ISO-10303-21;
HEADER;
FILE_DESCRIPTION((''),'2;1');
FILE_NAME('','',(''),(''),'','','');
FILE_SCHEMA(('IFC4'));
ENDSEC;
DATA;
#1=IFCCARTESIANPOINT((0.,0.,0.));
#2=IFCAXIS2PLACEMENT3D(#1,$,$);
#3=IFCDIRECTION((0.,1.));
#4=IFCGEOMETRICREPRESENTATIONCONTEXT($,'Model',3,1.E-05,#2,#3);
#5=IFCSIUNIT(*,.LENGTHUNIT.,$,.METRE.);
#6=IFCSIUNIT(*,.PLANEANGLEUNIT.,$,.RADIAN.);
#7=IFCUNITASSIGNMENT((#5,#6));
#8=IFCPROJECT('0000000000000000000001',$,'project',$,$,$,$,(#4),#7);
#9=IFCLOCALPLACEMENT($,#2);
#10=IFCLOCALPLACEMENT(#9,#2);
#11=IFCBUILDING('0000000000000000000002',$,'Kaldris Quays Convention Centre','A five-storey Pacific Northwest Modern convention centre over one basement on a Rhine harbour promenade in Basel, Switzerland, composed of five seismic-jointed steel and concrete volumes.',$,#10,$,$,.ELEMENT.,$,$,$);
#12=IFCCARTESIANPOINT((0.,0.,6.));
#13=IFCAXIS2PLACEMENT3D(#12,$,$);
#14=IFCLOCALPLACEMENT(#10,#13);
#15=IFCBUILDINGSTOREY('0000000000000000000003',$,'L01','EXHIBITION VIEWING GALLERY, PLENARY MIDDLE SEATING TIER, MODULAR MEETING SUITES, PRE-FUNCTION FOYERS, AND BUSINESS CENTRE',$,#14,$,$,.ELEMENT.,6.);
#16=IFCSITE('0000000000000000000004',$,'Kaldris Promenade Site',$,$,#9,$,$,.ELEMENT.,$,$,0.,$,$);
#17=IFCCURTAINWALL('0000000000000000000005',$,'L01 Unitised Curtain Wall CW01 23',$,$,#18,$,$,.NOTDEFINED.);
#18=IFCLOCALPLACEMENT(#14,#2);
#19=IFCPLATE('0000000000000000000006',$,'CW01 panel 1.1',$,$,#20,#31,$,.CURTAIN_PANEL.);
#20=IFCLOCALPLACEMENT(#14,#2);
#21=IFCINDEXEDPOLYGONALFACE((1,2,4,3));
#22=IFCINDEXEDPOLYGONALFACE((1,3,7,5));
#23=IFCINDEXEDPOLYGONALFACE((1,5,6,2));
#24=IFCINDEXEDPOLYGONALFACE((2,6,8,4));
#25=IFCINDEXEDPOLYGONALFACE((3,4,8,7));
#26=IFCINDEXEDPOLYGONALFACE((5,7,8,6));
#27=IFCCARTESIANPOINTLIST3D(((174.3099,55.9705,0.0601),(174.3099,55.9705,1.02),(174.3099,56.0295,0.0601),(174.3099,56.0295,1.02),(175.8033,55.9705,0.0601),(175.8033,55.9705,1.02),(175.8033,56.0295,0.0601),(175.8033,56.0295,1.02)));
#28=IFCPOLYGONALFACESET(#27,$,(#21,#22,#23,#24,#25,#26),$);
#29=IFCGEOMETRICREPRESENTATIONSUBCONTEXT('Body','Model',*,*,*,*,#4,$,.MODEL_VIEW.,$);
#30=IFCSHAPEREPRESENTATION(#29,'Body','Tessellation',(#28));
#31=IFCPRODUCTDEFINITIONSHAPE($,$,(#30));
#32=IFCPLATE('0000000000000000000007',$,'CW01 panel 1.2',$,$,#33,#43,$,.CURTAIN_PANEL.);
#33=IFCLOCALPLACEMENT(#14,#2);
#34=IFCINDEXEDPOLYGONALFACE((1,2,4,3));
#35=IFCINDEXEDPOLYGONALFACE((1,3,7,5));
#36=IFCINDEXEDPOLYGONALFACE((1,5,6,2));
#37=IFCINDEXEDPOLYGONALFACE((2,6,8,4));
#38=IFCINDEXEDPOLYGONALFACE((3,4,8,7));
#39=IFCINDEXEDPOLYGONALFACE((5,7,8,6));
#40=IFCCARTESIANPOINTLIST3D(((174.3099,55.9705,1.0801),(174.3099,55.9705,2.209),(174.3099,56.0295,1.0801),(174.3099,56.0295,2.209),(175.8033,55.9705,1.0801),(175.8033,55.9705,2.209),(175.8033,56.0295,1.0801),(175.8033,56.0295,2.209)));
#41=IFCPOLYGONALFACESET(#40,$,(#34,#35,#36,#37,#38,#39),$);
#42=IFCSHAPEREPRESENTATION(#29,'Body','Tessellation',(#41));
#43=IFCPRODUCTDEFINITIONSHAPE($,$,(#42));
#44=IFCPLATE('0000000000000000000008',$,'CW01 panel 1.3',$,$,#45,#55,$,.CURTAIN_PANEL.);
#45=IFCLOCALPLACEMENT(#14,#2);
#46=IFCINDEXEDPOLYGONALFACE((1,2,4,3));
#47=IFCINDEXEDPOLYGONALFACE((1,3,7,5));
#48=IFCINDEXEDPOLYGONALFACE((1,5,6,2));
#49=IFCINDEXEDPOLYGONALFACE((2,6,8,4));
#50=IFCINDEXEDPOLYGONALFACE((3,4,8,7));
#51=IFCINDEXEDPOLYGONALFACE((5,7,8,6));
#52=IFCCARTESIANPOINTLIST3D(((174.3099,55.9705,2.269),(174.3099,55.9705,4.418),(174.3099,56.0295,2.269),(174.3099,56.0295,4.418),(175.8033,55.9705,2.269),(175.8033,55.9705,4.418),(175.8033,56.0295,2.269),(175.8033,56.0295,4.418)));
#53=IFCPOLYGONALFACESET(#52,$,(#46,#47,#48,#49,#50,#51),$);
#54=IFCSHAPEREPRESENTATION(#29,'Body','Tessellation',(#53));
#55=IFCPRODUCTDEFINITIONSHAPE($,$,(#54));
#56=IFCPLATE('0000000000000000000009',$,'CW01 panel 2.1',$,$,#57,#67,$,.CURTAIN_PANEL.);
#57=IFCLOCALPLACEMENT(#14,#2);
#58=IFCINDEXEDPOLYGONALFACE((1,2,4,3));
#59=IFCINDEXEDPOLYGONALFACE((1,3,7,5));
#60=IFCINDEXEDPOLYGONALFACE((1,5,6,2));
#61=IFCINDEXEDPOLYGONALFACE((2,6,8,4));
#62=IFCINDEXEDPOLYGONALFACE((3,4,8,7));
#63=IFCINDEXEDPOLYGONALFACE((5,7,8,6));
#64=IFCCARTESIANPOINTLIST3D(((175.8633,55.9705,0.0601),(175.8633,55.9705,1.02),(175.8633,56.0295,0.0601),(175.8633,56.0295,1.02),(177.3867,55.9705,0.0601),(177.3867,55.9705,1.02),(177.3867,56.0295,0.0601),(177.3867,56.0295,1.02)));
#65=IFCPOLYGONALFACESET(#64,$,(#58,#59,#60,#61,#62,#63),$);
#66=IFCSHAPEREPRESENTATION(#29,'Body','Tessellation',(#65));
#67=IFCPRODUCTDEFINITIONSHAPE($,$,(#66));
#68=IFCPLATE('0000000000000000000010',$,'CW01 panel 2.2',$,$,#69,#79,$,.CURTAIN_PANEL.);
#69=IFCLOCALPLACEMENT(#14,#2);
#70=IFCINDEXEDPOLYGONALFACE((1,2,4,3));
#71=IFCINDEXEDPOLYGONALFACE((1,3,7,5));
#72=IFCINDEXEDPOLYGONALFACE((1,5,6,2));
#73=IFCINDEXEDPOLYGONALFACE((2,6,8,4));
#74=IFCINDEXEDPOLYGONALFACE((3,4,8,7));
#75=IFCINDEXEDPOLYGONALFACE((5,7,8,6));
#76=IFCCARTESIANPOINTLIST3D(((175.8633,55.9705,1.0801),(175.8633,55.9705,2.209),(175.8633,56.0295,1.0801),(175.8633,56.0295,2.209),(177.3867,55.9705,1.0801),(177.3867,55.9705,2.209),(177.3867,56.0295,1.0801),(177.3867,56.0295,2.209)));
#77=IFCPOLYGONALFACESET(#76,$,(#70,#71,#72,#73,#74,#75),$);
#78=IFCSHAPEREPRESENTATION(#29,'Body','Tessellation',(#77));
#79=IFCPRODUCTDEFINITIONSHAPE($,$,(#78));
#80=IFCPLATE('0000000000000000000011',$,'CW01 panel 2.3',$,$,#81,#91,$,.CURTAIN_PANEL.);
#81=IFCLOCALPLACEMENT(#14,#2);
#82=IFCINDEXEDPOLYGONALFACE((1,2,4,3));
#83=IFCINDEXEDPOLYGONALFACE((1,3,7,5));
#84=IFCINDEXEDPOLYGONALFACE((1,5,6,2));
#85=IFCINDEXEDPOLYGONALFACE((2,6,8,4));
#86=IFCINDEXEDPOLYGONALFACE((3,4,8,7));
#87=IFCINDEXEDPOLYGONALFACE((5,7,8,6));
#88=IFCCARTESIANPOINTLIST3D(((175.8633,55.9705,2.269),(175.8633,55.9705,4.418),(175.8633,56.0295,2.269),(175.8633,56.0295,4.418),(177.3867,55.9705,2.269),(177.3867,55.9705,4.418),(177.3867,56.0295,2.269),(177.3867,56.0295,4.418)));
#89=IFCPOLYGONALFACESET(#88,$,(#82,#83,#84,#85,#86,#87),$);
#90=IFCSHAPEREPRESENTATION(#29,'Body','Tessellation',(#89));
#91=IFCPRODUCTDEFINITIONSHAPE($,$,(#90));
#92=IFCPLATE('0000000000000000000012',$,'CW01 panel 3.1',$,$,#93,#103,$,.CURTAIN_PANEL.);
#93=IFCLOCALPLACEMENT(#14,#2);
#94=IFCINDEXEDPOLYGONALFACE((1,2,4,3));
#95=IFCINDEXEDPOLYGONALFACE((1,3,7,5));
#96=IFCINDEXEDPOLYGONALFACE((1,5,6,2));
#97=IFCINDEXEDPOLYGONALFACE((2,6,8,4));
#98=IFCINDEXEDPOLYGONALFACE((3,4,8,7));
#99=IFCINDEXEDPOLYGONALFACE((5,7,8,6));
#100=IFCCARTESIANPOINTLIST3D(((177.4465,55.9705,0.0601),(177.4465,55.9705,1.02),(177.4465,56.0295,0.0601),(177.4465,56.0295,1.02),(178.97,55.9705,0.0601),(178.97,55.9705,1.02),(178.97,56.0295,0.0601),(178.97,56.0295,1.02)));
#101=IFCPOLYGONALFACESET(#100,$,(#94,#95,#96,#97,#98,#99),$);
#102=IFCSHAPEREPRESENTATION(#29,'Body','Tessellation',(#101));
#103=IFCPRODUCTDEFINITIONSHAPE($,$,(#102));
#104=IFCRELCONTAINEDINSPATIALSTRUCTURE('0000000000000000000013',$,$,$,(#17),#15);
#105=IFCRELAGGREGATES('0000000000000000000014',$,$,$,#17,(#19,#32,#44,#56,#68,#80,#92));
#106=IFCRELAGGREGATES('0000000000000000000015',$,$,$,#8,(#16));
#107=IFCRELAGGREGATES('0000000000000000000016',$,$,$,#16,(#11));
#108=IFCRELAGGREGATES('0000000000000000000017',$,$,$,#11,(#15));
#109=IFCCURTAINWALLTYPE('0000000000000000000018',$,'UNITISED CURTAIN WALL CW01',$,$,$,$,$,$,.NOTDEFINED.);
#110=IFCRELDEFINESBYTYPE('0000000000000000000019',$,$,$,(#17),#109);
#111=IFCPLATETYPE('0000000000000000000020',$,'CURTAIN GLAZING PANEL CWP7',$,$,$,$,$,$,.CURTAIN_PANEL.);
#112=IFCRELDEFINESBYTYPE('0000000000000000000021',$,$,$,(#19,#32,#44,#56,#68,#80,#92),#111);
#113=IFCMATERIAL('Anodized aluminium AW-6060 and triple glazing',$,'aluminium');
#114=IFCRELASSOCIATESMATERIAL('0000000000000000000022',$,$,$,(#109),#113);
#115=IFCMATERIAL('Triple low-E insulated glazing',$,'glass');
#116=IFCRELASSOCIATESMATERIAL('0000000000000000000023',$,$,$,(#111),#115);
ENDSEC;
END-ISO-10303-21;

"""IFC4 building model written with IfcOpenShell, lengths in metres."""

from ifc_helpers import new_model, si_unit, direction, frame, origin, origin_2d, place, context, subcontext, project, spatial, rectangle, extrude, material, type_object, element, aggregate, save


model = new_model("IFC4")

# Units and contexts
model_context = context("Model", 3, precision=1e-05, world=origin(), true_north=direction((0.0, 1.0)))
body_context = subcontext(model_context, "Body", "Model", "MODEL_VIEW")
ifc_project = project(units=[si_unit("LENGTHUNIT", "METRE"), si_unit("PLANEANGLEUNIT", "RADIAN")], contexts=[model_context])

# Site, building, storey
site_placement = place(None, origin())
site = spatial("IfcSite", under=ifc_project, at=site_placement, Name="Kaldris Promenade Site", CompositionType="ELEMENT", RefElevation=0.0)
building_placement = place(site_placement, origin())
building = spatial("IfcBuilding", under=site, at=building_placement, Name="Kaldris Quays Convention Centre", Description="A five-storey Pacific Northwest Modern convention centre over one basement on a Rhine harbour promenade in Basel, Switzerland, composed of five seismic-jointed steel and concrete volumes.", CompositionType="ELEMENT")
storey_placement = place(building_placement, frame((0.0, 0.0, 6.0)))
storey = spatial("IfcBuildingStorey", under=building, at=storey_placement, Name="L01", Description="EXHIBITION VIEWING GALLERY, PLENARY MIDDLE SEATING TIER, MODULAR MEETING SUITES, PRE-FUNCTION FOYERS, AND BUSINESS CENTRE", CompositionType="ELEMENT", Elevation=6.0)

# Shared definitions
ifc_material_1 = material(Name="Anodized aluminium AW-6060 and triple glazing", Category="aluminium")
curtain_wall_type = type_object("IfcCurtainWallType", Name="UNITISED CURTAIN WALL CW01", PredefinedType="NOTDEFINED", material=ifc_material_1)

# Curtain wall
curtain_wall_1_placement = place(storey_placement, origin())
curtain_wall_1 = element("IfcCurtainWall", 1, at=curtain_wall_1_placement, inside=storey, type_object=curtain_wall_type, Name="L01 Unitised Curtain Wall CW01 23", PredefinedType="NOTDEFINED")

# Plates
ifc_material_2 = material(Name="Triple low-E insulated glazing", Category="glass")
plate_type = type_object("IfcPlateType", Name="CURTAIN GLAZING PANEL CWP7", PredefinedType="CURTAIN_PANEL", material=ifc_material_2)
plate_1_placement = place(storey_placement, frame((175.0566, 56.0, 0.0601), z_axis=(0.0, 0.0, 1.0), x_axis=(1.0, 0.0, 0.0)))
plate_1 = element("IfcPlate", 2, at=plate_1_placement, type_object=plate_type, Name="CW01 panel 1.1", PredefinedType="CURTAIN_PANEL", context=body_context, shape_type="SweptSolid", body=[
    extrude(rectangle(XDim=1.4934, YDim=0.0591, at=origin_2d()), origin(), (0.0, 0.0, 1.0), 0.96),
])
plate_2_placement = place(storey_placement, frame((175.0566, 56.0, 1.0801), z_axis=(0.0, 0.0, 1.0), x_axis=(1.0, 0.0, 0.0)))
plate_2 = element("IfcPlate", 3, at=plate_2_placement, type_object=plate_type, Name="CW01 panel 1.2", PredefinedType="CURTAIN_PANEL", context=body_context, shape_type="SweptSolid", body=[
    extrude(rectangle(XDim=1.4934, YDim=0.0591, at=origin_2d()), origin(), (0.0, 0.0, 1.0), 1.1289),
])
plate_3_placement = place(storey_placement, frame((175.0566, 56.0, 2.269), z_axis=(0.0, 0.0, 1.0), x_axis=(1.0, 0.0, 0.0)))
plate_3 = element("IfcPlate", 4, at=plate_3_placement, type_object=plate_type, Name="CW01 panel 1.3", PredefinedType="CURTAIN_PANEL", context=body_context, shape_type="SweptSolid", body=[
    extrude(rectangle(XDim=1.4934, YDim=0.0591, at=origin_2d()), origin(), (0.0, 0.0, 1.0), 2.1489),
])
plate_4_placement = place(storey_placement, frame((176.625, 56.0, 0.0601), z_axis=(0.0, 0.0, 1.0), x_axis=(1.0, 0.0, 0.0)))
plate_4 = element("IfcPlate", 5, at=plate_4_placement, type_object=plate_type, Name="CW01 panel 2.1", PredefinedType="CURTAIN_PANEL", context=body_context, shape_type="SweptSolid", body=[
    extrude(rectangle(XDim=1.5234, YDim=0.0591, at=origin_2d()), origin(), (0.0, 0.0, 1.0), 0.96),
])
plate_5_placement = place(storey_placement, frame((176.625, 56.0, 1.0801), z_axis=(0.0, 0.0, 1.0), x_axis=(1.0, 0.0, 0.0)))
plate_5 = element("IfcPlate", 6, at=plate_5_placement, type_object=plate_type, Name="CW01 panel 2.2", PredefinedType="CURTAIN_PANEL", context=body_context, shape_type="SweptSolid", body=[
    extrude(rectangle(XDim=1.5234, YDim=0.0591, at=origin_2d()), origin(), (0.0, 0.0, 1.0), 1.1289),
])
plate_6_placement = place(storey_placement, frame((176.625, 56.0, 2.269), z_axis=(0.0, 0.0, 1.0), x_axis=(1.0, 0.0, 0.0)))
plate_6 = element("IfcPlate", 7, at=plate_6_placement, type_object=plate_type, Name="CW01 panel 2.3", PredefinedType="CURTAIN_PANEL", context=body_context, shape_type="SweptSolid", body=[
    extrude(rectangle(XDim=1.5234, YDim=0.0591, at=origin_2d()), origin(), (0.0, 0.0, 1.0), 2.1489),
])
plate_7_placement = place(storey_placement, frame((178.2083, 56.0, 0.0601), z_axis=(0.0, 0.0, 1.0), x_axis=(1.0, 0.0, 0.0)))
plate_7 = element("IfcPlate", 8, at=plate_7_placement, type_object=plate_type, Name="CW01 panel 3.1", PredefinedType="CURTAIN_PANEL", context=body_context, shape_type="SweptSolid", body=[
    extrude(rectangle(XDim=1.5234, YDim=0.0591, at=origin_2d()), origin(), (0.0, 0.0, 1.0), 0.96),
])
aggregate(curtain_wall_1, [plate_1, plate_2, plate_3, plate_4, plate_5, plate_6, plate_7])

save(model, "model.ifc")
